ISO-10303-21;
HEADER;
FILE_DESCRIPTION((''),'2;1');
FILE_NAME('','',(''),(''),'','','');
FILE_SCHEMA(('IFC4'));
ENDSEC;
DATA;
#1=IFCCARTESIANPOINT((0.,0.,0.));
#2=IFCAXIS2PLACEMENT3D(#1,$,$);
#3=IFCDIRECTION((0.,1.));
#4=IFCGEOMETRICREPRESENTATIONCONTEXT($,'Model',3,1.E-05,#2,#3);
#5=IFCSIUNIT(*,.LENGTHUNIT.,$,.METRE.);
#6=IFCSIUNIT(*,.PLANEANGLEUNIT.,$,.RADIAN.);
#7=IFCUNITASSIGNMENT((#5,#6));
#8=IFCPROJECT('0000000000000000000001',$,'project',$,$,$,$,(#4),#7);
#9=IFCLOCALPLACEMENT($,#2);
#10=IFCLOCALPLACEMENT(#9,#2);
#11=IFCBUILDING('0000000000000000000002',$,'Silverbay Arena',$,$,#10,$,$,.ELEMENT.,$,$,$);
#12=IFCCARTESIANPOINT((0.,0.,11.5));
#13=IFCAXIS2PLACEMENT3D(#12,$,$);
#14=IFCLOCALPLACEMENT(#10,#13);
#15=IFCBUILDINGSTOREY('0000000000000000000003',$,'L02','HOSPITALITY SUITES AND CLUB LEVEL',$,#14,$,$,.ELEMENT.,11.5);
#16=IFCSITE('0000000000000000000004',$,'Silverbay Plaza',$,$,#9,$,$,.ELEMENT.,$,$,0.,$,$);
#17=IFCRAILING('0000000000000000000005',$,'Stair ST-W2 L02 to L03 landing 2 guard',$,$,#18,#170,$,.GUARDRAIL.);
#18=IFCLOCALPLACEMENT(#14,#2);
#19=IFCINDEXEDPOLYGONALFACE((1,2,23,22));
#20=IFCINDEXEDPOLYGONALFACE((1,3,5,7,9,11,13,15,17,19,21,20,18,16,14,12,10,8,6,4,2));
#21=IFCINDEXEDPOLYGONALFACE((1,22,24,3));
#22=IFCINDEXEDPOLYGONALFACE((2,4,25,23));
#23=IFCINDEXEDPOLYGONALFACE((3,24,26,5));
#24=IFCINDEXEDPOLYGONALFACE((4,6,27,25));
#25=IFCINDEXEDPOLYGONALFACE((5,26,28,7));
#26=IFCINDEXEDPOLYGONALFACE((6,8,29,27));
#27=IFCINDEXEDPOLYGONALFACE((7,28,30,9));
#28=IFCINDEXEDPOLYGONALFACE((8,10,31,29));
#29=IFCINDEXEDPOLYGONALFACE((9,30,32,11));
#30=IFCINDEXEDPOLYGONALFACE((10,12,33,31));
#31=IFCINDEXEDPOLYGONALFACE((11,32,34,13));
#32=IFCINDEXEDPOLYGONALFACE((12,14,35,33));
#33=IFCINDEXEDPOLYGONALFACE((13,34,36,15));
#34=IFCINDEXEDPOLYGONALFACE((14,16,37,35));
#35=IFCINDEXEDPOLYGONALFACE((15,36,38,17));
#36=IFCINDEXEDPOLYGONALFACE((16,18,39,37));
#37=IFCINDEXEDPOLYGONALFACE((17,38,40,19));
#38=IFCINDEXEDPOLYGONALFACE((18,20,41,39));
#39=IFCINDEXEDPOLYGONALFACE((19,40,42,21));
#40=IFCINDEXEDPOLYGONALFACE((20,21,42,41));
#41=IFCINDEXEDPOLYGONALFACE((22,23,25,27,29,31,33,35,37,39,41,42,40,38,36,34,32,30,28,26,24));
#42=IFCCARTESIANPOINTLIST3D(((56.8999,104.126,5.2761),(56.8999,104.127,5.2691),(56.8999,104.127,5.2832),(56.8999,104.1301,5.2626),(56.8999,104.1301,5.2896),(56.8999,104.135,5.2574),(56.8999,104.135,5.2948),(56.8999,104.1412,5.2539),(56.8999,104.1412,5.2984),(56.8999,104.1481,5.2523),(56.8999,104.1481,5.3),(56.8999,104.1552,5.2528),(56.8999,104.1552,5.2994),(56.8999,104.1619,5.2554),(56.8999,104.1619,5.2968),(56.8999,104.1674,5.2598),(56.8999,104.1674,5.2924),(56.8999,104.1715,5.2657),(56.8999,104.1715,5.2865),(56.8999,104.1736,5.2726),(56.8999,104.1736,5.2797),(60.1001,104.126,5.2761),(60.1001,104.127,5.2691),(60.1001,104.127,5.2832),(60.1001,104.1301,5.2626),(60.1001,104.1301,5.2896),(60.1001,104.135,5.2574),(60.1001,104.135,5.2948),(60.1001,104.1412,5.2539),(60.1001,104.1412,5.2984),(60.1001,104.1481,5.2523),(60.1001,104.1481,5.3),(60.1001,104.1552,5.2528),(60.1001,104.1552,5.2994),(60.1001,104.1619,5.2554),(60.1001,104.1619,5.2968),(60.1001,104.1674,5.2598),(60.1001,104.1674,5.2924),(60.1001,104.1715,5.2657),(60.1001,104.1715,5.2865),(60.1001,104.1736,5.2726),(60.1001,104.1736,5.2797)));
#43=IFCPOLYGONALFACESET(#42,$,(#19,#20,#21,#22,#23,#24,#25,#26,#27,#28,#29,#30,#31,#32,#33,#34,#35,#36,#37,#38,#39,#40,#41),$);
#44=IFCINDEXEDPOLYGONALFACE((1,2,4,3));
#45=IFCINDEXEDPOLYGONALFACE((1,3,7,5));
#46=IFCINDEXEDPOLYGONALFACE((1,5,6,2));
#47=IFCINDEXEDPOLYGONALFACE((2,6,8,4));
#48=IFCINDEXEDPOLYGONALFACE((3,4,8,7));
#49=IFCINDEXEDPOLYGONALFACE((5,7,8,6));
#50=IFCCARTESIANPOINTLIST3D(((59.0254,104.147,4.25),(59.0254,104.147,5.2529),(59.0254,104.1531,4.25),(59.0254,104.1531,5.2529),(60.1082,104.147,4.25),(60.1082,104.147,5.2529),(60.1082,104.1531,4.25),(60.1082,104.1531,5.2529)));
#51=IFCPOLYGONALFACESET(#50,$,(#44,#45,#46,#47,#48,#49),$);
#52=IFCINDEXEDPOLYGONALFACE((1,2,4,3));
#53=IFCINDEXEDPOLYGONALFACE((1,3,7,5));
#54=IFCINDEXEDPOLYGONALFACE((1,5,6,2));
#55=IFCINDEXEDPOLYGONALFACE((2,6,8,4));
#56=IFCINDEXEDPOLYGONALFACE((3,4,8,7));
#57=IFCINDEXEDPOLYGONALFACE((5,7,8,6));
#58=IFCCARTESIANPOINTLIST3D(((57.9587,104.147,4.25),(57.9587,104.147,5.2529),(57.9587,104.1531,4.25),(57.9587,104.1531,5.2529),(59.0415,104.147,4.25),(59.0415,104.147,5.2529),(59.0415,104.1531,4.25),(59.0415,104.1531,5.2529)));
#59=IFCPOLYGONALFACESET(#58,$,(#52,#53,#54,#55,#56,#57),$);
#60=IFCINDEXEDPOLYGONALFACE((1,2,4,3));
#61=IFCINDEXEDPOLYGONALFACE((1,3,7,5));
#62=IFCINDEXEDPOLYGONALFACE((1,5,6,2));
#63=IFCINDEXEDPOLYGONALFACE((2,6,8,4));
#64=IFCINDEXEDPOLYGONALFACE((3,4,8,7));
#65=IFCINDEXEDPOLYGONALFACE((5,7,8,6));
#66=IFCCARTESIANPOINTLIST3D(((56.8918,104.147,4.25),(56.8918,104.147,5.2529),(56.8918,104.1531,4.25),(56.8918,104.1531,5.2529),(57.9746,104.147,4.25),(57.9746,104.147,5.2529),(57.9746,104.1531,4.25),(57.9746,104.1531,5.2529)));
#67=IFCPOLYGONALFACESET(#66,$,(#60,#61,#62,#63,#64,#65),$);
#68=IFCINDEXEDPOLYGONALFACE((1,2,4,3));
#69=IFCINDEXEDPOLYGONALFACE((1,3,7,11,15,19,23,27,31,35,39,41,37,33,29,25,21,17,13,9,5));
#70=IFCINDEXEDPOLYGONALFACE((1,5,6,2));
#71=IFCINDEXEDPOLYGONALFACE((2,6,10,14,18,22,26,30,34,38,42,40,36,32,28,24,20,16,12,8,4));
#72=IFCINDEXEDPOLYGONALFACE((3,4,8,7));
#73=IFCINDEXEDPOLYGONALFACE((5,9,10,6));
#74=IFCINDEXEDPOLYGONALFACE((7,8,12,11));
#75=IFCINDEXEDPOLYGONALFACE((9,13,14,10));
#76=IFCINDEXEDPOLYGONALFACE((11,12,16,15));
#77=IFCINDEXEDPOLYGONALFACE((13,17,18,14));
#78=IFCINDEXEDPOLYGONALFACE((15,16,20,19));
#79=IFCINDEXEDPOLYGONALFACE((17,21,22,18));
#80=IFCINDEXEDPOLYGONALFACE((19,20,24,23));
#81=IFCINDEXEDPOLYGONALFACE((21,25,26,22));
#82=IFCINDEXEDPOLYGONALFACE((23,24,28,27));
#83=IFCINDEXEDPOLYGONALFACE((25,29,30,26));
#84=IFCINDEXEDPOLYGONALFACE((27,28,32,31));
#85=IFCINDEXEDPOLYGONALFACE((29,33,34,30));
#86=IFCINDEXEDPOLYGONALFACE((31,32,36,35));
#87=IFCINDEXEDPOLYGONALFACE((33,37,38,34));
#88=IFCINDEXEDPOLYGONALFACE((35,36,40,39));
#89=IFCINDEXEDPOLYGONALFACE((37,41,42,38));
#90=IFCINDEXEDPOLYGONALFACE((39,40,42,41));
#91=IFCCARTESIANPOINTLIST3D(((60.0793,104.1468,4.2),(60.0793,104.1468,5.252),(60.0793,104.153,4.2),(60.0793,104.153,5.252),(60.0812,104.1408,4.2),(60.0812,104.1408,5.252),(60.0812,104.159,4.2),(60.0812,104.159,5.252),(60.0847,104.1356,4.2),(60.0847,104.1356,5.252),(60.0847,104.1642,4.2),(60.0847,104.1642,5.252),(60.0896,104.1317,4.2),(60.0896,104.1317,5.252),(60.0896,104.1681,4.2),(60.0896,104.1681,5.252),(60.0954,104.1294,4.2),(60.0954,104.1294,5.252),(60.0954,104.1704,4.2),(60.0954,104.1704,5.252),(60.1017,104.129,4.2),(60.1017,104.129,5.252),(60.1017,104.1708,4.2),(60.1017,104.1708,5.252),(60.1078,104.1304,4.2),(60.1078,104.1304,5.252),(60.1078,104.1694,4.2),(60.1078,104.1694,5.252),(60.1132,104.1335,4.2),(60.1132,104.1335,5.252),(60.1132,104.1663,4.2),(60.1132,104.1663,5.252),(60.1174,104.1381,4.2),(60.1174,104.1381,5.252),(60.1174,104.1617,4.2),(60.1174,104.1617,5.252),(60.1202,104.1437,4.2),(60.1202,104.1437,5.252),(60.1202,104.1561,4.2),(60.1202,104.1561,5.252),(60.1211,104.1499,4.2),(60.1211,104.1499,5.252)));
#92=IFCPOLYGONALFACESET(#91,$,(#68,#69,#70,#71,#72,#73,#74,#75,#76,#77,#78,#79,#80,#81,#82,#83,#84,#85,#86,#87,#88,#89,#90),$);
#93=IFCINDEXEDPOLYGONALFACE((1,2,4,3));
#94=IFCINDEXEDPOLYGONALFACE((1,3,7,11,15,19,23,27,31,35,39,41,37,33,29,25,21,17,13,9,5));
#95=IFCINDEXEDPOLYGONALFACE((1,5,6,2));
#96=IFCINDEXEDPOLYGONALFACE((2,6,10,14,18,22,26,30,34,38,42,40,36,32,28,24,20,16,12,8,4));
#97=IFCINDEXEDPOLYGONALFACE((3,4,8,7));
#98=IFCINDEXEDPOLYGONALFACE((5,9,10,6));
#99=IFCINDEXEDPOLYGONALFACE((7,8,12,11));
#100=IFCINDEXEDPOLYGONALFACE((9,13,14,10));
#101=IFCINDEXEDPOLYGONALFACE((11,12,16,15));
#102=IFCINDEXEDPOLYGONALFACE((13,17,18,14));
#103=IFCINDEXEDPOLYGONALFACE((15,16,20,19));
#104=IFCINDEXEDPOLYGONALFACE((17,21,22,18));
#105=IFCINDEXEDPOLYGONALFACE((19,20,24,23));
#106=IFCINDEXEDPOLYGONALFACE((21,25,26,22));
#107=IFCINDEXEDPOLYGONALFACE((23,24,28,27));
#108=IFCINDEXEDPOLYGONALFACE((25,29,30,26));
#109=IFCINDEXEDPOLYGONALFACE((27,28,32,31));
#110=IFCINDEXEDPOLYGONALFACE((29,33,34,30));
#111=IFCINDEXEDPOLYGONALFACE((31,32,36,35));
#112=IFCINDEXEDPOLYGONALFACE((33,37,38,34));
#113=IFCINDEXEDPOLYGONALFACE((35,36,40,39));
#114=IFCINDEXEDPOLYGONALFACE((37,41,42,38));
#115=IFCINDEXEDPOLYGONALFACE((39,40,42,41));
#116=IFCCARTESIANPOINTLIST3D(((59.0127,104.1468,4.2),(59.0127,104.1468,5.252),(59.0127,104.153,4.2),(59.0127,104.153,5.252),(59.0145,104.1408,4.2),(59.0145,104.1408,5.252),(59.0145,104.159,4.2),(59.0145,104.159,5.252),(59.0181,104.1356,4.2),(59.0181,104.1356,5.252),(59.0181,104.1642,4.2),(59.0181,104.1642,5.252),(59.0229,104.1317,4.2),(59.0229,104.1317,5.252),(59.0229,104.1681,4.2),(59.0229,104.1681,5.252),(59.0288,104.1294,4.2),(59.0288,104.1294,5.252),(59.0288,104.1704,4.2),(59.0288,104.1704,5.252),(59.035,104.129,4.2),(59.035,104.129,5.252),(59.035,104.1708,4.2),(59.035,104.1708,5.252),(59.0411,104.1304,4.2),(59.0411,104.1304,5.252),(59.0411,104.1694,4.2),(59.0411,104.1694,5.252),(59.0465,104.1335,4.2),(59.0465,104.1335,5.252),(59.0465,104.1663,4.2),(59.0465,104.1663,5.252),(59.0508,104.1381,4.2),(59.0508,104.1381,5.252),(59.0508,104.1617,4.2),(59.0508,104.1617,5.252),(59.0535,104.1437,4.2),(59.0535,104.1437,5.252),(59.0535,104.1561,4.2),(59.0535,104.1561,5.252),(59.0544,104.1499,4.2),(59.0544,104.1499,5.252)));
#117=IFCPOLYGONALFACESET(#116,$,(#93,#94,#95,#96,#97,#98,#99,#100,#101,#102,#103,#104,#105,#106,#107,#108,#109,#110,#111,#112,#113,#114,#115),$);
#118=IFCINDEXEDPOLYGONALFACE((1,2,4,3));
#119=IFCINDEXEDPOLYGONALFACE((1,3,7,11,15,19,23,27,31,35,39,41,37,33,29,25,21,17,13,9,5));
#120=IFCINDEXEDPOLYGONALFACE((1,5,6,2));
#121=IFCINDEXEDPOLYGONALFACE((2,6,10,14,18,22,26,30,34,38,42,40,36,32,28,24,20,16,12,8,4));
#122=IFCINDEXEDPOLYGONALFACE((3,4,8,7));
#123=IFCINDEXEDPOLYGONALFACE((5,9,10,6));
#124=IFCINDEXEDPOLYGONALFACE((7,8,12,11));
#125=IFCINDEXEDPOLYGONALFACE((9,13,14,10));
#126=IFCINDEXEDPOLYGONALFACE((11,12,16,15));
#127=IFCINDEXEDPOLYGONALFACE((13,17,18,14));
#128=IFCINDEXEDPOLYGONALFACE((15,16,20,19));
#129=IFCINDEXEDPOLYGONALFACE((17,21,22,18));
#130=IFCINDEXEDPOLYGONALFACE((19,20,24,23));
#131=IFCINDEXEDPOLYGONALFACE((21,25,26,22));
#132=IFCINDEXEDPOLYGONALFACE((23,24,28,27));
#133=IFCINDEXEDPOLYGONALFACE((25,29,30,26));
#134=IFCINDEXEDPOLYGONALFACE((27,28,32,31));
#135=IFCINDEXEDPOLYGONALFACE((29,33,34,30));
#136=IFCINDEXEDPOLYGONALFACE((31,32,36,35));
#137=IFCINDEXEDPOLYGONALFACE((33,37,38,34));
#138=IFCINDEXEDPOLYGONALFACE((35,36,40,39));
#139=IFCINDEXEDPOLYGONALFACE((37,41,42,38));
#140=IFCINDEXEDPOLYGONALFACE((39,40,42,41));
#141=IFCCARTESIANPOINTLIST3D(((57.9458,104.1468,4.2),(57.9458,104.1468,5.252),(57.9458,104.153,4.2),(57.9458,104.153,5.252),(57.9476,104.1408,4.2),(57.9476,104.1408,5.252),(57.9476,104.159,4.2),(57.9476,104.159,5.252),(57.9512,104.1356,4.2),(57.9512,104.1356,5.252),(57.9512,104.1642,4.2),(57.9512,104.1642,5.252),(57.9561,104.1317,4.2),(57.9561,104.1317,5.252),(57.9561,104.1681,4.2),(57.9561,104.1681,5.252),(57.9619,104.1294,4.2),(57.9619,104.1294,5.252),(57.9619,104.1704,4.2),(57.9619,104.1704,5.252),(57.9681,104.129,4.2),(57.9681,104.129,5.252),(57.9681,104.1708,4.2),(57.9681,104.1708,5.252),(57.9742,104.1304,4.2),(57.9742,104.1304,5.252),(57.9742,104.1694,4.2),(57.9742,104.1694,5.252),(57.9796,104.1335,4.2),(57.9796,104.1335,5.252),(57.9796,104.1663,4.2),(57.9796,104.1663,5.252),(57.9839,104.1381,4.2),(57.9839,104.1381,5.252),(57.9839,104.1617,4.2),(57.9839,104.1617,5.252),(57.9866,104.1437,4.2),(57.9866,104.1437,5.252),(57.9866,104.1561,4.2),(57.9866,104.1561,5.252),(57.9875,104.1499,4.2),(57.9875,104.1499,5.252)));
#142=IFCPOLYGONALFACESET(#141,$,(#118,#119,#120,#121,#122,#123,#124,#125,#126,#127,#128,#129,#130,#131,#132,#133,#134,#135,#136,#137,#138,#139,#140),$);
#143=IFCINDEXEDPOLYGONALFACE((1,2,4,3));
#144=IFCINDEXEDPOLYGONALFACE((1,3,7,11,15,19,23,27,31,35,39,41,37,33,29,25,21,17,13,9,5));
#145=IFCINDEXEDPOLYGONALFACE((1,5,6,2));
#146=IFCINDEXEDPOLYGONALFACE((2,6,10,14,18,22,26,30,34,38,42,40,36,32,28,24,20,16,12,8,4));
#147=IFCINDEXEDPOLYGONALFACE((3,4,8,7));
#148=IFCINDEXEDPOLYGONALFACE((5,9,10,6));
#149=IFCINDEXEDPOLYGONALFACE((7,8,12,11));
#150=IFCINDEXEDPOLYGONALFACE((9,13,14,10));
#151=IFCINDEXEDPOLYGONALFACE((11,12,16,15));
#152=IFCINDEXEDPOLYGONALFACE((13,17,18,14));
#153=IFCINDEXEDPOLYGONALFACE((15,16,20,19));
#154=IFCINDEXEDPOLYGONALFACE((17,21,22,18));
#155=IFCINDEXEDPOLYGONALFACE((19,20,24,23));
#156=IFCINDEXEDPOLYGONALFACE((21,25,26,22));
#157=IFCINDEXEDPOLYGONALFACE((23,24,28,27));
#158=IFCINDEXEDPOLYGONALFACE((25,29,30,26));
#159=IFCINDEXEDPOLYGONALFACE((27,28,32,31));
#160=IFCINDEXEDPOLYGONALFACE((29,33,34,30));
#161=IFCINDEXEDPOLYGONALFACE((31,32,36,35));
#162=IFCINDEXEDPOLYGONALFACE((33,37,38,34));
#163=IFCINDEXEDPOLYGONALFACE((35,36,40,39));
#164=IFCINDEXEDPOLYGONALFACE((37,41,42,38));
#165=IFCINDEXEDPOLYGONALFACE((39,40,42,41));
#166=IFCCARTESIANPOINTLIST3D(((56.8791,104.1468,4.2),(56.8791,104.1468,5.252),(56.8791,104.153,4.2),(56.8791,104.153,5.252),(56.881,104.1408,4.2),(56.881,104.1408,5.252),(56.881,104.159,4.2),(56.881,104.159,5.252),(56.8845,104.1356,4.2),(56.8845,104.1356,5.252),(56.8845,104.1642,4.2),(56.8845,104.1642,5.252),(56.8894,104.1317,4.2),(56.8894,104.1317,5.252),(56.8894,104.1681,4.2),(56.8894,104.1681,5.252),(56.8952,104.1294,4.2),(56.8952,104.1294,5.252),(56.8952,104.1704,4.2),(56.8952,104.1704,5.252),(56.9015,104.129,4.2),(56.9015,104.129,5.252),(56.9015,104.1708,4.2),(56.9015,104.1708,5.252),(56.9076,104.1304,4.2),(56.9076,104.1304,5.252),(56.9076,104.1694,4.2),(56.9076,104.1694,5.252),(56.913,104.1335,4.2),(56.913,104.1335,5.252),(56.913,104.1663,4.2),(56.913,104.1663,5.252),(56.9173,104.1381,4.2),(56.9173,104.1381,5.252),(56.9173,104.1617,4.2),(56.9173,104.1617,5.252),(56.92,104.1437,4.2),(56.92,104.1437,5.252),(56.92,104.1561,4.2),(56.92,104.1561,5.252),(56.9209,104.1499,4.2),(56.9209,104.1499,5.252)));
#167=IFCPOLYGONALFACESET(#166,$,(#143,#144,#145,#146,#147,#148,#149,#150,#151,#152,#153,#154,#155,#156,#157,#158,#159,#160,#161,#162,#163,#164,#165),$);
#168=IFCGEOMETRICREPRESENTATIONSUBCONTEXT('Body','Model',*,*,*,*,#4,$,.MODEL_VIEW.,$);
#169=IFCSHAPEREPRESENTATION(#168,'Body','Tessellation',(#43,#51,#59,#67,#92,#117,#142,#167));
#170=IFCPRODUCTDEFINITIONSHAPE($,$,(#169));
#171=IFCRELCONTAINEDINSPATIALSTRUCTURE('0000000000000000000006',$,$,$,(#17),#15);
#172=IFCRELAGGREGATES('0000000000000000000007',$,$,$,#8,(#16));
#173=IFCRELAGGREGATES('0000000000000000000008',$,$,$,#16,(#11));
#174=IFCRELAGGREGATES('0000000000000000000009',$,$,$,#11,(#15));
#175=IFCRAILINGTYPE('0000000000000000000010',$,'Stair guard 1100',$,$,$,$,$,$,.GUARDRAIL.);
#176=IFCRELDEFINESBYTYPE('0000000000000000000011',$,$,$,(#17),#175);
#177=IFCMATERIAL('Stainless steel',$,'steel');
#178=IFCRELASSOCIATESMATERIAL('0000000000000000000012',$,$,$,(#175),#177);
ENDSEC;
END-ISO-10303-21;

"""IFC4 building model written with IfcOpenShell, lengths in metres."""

from ifc_helpers import new_model, si_unit, direction, frame, origin, origin_2d, place, context, subcontext, project, spatial, polyline, circle, outline, extrude, material, type_object, element, save


model = new_model("IFC4")

# Units and contexts
model_context = context("Model", 3, precision=1e-05, world=origin(), true_north=direction((0.0, 1.0)))
body_context = subcontext(model_context, "Body", "Model", "MODEL_VIEW")
ifc_project = project(units=[si_unit("LENGTHUNIT", "METRE"), si_unit("PLANEANGLEUNIT", "RADIAN")], contexts=[model_context])

# Site, building, storey
site_placement = place(None, origin())
site = spatial("IfcSite", under=ifc_project, at=site_placement, Name="Silverbay Plaza", CompositionType="ELEMENT", RefElevation=0.0)
building_placement = place(site_placement, origin())
building = spatial("IfcBuilding", under=site, at=building_placement, Name="Silverbay Arena", CompositionType="ELEMENT")
storey_placement = place(building_placement, frame((0.0, 0.0, 11.5)))
storey = spatial("IfcBuildingStorey", under=building, at=storey_placement, Name="L02", Description="HOSPITALITY SUITES AND CLUB LEVEL", CompositionType="ELEMENT", Elevation=11.5)

# Railing
ifc_material_1 = material(Name="Stainless steel", Category="steel")
railing_type_1 = type_object("IfcRailingType", Name="Stair guard 1100", PredefinedType="GUARDRAIL", material=ifc_material_1)
for number, where, name in (
    (1, (60.1001, 104.1499, 4.2), "Stair ST-W2 L02 to L03 landing 2 guard"),
):
    element("IfcRailing", number, at=place(storey_placement, frame(where)), inside=storey, type_object=railing_type_1, Name=name, PredefinedType="GUARDRAIL", context=body_context, shape_type="SweptSolid", body=[
        extrude(circle(Radius=0.0239, at=origin_2d()), frame((0.0, 0.0, 1.0762), z_axis=(-1.0, 0.0, 0.0), x_axis=(0.0, -1.0, 0.0)), (0.0, 0.0, 1.0), 3.2002),
        extrude(outline(polyline([(-0.0081, 0.05), (1.0747, 0.05), (1.0747, 1.053), (-0.0081, 1.053), (-0.0081, 0.05)])), frame((0.0, -0.0029, 0.0), z_axis=(0.0, 1.0, 0.0), x_axis=(-1.0, 0.0, 0.0)), (0.0, 0.0, 1.0), 0.0061),
        extrude(outline(polyline([(-0.0081, 0.05), (1.0747, 0.05), (1.0747, 1.053), (-0.0081, 1.053), (-0.0081, 0.05)])), frame((-1.0667, -0.0029, 0.0), z_axis=(0.0, 1.0, 0.0), x_axis=(-1.0, 0.0, 0.0)), (0.0, 0.0, 1.0), 0.0061),
        extrude(outline(polyline([(-0.0081, 0.05), (1.0747, 0.05), (1.0747, 1.053), (-0.0081, 1.053), (-0.0081, 0.05)])), frame((-2.1335, -0.0029, 0.0), z_axis=(0.0, 1.0, 0.0), x_axis=(-1.0, 0.0, 0.0)), (0.0, 0.0, 1.0), 0.0061),
        extrude(circle(Radius=0.021, at=origin_2d()), origin(), (0.0, 0.0, 1.0), 1.052),
        extrude(circle(Radius=0.021, at=origin_2d()), frame((-1.0667, 0.0, 0.0)), (0.0, 0.0, 1.0), 1.052),
        extrude(circle(Radius=0.021, at=origin_2d()), frame((-2.1335, 0.0, 0.0)), (0.0, 0.0, 1.0), 1.052),
        extrude(circle(Radius=0.021, at=origin_2d()), frame((-3.2002, 0.0, 0.0)), (0.0, 0.0, 1.0), 1.052),
    ])

save(model, "model.ifc")
